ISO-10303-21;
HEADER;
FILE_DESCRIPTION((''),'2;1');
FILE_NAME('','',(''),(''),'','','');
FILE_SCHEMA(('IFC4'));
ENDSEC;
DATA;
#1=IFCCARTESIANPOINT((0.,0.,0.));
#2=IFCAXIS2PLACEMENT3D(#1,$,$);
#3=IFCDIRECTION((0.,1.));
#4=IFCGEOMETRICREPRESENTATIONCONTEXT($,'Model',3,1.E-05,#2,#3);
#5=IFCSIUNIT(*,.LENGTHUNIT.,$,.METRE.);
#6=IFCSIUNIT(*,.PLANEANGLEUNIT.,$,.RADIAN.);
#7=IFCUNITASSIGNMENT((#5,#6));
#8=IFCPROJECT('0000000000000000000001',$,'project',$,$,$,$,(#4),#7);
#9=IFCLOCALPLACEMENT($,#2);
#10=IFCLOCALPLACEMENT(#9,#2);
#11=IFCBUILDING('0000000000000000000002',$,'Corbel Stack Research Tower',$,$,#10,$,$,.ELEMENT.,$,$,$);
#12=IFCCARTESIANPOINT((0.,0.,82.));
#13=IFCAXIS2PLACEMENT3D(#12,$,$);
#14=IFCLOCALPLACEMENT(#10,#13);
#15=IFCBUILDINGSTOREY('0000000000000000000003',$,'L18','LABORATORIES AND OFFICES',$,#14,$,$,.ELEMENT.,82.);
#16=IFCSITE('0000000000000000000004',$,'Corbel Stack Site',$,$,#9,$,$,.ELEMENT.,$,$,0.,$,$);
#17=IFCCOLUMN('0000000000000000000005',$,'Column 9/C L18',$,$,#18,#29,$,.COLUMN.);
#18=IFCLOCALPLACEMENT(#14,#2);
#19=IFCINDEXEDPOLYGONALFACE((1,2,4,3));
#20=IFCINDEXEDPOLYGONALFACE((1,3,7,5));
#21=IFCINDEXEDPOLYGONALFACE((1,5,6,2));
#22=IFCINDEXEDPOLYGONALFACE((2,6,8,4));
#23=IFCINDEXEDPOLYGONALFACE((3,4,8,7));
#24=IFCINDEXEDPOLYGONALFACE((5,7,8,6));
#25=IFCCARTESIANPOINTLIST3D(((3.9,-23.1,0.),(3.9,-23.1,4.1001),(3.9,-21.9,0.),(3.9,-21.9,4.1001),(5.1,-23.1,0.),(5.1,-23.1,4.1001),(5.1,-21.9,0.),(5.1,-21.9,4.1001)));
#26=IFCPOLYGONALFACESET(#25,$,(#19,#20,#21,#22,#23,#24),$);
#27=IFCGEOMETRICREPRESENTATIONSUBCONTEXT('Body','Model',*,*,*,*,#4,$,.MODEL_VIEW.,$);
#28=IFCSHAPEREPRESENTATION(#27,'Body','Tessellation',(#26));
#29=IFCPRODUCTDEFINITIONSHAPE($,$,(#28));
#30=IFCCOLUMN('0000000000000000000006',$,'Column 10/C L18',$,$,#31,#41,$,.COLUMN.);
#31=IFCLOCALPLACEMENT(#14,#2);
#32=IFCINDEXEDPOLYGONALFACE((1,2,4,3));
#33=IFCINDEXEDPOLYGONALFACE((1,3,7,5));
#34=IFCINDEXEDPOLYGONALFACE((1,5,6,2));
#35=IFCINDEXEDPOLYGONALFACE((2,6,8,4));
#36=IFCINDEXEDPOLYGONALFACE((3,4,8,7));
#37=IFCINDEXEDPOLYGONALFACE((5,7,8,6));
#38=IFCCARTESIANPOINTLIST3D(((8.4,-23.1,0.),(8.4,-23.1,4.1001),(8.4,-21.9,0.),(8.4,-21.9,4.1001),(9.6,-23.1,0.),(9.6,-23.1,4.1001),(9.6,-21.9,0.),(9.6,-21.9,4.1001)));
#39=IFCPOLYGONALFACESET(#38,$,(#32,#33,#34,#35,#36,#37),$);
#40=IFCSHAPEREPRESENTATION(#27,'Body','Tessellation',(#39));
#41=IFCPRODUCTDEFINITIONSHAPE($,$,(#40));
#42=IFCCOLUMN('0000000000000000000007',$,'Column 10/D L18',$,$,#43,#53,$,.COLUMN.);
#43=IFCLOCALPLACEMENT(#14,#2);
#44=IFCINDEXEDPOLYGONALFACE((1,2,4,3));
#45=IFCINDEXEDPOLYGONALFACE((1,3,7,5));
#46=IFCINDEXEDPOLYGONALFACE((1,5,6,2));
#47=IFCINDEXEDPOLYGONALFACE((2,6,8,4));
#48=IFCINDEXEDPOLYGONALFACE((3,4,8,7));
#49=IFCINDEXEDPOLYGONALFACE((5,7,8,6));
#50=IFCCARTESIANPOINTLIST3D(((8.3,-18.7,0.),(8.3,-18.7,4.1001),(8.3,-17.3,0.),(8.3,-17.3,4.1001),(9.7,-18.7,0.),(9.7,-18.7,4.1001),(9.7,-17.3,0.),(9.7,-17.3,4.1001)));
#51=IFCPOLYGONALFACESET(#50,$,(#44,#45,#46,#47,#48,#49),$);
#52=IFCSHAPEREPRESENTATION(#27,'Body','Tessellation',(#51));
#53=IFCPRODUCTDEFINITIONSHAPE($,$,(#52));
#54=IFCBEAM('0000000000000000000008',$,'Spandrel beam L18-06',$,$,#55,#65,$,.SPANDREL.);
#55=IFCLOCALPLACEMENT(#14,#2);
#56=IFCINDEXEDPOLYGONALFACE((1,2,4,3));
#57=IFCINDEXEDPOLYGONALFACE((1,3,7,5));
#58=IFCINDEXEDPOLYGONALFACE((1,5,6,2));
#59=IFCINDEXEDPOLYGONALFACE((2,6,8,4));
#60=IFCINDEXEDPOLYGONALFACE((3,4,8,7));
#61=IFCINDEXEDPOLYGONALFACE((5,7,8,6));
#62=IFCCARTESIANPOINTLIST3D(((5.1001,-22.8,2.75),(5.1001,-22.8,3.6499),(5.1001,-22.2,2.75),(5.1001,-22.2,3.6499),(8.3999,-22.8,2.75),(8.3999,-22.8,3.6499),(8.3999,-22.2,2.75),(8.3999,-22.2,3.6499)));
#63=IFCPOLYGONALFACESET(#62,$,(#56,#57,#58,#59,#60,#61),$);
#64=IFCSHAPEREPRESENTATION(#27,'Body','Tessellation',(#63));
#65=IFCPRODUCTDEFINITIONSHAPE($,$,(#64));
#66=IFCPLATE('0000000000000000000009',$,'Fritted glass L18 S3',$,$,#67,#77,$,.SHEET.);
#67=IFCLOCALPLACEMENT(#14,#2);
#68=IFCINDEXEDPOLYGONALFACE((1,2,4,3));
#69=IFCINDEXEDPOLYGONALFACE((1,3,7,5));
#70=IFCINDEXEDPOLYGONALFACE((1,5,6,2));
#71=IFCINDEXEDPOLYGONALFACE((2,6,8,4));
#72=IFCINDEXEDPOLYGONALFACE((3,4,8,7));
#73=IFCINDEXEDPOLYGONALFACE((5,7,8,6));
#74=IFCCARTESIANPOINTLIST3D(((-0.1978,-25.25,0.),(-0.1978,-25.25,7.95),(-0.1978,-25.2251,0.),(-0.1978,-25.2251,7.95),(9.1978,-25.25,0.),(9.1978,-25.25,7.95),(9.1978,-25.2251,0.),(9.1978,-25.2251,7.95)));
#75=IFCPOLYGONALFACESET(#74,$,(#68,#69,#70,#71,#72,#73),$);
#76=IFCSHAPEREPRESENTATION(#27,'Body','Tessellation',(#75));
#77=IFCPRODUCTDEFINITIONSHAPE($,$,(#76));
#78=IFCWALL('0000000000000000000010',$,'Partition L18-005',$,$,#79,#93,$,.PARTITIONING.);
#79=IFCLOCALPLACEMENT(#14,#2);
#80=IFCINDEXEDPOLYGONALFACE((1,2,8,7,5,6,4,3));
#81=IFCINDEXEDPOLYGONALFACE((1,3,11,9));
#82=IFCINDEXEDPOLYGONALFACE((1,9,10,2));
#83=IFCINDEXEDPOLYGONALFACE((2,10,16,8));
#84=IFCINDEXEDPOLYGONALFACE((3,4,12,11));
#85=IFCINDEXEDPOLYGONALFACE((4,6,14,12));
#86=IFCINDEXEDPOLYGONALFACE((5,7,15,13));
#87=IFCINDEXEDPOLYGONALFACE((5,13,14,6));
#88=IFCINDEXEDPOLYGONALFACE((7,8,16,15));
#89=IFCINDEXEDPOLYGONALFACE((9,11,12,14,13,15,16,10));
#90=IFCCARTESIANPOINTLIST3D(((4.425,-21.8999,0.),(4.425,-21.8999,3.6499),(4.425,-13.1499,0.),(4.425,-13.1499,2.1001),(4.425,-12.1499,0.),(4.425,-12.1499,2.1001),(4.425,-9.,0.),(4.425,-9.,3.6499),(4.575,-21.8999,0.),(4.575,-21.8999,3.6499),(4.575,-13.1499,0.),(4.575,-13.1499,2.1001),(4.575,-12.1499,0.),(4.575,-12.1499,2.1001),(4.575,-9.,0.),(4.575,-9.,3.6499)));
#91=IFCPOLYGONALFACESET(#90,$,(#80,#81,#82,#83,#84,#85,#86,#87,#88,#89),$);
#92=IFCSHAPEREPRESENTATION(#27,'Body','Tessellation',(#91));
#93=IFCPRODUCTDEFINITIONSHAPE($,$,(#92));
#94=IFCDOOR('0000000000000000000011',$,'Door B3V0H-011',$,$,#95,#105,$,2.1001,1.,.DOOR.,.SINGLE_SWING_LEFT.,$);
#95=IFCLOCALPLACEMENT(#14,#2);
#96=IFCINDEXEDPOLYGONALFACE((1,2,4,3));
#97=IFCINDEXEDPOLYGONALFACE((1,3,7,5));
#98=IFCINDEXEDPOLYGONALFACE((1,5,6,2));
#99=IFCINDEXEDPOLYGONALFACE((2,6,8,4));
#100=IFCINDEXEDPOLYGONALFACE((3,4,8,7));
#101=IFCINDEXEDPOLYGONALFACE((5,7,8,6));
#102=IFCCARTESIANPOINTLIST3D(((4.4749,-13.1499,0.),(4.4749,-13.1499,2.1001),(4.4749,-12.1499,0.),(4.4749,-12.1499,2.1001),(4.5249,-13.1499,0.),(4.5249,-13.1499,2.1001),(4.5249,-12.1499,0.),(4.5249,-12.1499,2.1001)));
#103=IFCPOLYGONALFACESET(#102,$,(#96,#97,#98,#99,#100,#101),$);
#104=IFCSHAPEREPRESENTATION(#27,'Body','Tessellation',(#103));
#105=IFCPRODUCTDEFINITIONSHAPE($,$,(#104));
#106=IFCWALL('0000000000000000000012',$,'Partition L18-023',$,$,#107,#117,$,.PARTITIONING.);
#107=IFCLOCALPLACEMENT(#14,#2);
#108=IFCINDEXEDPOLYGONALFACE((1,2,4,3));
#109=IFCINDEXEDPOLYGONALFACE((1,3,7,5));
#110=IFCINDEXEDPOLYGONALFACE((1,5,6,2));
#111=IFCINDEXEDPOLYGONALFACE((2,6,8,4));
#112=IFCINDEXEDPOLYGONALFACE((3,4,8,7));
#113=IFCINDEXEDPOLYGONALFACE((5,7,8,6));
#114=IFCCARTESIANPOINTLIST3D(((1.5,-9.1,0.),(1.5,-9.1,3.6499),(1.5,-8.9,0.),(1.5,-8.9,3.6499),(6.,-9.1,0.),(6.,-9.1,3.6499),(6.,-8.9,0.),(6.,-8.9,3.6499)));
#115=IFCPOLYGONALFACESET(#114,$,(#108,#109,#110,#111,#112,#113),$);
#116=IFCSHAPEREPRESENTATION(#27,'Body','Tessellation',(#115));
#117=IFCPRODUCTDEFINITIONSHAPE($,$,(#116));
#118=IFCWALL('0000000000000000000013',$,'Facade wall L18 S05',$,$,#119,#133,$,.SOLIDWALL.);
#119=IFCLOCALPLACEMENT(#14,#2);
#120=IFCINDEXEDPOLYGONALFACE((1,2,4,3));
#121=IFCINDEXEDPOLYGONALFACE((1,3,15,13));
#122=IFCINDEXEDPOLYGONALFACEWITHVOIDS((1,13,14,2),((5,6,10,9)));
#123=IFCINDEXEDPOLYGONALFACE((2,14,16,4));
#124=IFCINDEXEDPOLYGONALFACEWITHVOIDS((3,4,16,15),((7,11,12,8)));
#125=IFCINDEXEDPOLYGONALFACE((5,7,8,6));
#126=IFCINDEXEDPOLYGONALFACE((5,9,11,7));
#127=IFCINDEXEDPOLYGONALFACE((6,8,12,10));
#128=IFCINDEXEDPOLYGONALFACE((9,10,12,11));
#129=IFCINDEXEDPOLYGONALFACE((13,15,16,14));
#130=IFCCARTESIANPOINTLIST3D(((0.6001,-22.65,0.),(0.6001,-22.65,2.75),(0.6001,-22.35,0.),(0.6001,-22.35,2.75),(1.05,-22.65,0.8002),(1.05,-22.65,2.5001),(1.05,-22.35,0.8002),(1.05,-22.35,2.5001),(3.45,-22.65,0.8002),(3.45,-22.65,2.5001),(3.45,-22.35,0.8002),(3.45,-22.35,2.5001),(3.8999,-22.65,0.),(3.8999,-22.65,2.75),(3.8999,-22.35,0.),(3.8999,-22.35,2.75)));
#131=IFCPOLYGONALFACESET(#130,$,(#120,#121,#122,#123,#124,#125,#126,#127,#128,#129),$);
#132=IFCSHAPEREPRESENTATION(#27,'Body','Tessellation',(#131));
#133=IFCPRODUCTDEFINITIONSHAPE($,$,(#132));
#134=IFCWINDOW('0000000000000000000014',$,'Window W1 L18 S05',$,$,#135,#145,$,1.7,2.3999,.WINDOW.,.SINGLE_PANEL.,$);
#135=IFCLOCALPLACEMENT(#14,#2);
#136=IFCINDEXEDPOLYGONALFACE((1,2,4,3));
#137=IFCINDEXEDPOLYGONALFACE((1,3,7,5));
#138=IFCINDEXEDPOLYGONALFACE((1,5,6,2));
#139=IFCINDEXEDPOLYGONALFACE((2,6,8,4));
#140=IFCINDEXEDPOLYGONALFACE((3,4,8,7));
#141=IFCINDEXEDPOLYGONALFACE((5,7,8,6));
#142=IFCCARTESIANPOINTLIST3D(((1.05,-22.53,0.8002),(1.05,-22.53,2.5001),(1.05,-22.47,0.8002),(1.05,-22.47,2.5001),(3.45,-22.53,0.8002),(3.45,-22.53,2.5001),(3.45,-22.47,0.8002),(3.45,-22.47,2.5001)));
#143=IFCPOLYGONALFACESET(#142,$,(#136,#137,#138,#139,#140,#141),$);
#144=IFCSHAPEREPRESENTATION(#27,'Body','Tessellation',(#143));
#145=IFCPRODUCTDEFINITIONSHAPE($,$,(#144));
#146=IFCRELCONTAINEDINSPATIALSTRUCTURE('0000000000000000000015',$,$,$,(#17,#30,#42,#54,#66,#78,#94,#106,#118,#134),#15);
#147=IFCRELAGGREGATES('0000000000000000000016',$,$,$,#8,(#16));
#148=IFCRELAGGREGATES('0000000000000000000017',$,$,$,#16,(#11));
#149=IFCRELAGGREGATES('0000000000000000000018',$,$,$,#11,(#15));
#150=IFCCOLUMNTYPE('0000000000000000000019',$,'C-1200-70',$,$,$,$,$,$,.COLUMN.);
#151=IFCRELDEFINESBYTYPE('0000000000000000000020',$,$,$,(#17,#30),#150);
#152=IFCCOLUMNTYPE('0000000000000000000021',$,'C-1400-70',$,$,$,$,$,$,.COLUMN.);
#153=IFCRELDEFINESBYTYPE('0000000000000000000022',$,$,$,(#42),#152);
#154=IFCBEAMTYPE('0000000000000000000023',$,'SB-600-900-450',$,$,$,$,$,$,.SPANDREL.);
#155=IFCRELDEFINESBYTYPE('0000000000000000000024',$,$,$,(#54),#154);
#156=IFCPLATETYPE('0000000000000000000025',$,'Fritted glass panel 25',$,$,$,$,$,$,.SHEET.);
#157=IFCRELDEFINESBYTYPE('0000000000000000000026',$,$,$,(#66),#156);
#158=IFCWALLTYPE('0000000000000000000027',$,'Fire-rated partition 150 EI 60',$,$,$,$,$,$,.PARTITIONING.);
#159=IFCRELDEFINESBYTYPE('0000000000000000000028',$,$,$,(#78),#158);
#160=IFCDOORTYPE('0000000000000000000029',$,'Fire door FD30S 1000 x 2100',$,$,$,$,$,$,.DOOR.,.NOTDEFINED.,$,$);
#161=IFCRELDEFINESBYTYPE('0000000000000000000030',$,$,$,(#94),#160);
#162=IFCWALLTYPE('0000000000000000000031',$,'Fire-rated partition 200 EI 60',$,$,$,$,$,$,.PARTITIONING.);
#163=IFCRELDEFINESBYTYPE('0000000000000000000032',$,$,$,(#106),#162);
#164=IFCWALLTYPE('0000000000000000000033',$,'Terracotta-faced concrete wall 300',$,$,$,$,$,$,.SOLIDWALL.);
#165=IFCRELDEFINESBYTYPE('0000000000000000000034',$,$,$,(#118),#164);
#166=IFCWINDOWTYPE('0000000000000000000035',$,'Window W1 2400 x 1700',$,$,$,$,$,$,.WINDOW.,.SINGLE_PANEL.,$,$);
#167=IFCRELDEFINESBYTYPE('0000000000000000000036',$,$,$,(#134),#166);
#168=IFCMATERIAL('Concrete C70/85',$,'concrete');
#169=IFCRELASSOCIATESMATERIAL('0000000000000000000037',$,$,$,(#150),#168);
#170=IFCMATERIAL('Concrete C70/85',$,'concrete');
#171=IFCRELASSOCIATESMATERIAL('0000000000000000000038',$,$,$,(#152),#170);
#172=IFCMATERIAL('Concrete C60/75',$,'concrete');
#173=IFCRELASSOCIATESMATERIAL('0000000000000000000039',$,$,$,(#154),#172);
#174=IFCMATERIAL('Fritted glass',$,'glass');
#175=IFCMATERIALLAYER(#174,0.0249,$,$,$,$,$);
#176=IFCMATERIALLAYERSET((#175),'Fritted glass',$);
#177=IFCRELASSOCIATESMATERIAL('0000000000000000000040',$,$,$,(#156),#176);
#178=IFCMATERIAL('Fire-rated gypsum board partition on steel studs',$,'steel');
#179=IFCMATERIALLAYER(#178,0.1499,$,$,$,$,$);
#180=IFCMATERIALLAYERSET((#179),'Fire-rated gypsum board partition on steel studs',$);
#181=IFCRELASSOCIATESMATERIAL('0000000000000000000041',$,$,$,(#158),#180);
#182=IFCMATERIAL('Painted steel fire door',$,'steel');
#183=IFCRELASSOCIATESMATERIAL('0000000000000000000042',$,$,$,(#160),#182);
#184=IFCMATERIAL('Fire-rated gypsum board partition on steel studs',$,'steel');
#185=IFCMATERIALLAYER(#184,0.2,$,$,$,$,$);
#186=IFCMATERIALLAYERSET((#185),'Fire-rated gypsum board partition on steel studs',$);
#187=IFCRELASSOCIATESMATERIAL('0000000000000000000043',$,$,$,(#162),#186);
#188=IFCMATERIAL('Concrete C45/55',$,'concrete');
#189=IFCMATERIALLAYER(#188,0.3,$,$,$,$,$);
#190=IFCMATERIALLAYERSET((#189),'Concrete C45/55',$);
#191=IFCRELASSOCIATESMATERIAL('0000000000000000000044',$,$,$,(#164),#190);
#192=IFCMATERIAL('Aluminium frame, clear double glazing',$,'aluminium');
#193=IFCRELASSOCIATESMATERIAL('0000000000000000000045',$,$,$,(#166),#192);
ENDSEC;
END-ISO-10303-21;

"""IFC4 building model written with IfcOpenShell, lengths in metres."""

from ifc_helpers import new_model, si_unit, direction, frame, frame_2d, origin, origin_2d, place, context, subcontext, project, spatial, rectangle, extrude, material, layer, layer_set, material_profile, profile_set, type_object, element, fill, save


model = new_model("IFC4")

# Units and contexts
model_context = context("Model", 3, precision=1e-05, world=origin(), true_north=direction((0.0, 1.0)))
body_context = subcontext(model_context, "Body", "Model", "MODEL_VIEW")
ifc_project = project(units=[si_unit("LENGTHUNIT", "METRE"), si_unit("PLANEANGLEUNIT", "RADIAN")], contexts=[model_context])

# Site, building, storey
site_placement = place(None, origin())
site = spatial("IfcSite", under=ifc_project, at=site_placement, Name="Corbel Stack Site", CompositionType="ELEMENT", RefElevation=0.0)
building_placement = place(site_placement, origin())
building = spatial("IfcBuilding", under=site, at=building_placement, Name="Corbel Stack Research Tower", CompositionType="ELEMENT")
storey_placement = place(building_placement, frame((0.0, 0.0, 82.0)))
storey = spatial("IfcBuildingStorey", under=building, at=storey_placement, Name="L18", Description="LABORATORIES AND OFFICES", CompositionType="ELEMENT", Elevation=82.0)

# Columns
ifc_material_1 = material(Name="Concrete C70/85", Category="concrete")
ifc_material_profile_1 = material_profile(ifc_material_1, rectangle(XDim=1.2, YDim=1.2, at=origin_2d()), Name="RC 1200 x 1200")
ifc_profile_set_1 = profile_set([ifc_material_profile_1], Name="Concrete C70/85")
column_type_1 = type_object("IfcColumnType", Name="C-1200-70", PredefinedType="COLUMN", material=ifc_profile_set_1)
for number, where, z_axis, x_axis, name in (
    (1, (4.5, -22.5, 0.0), (0.0, 0.0, 1.0), (1.0, 0.0, 0.0), "Column 9/C L18"),
    (2, (9.0, -22.5, 0.0), (0.0, 0.0, 1.0), (1.0, 0.0, 0.0), "Column 10/C L18"),
):
    element("IfcColumn", number, at=place(storey_placement, frame(where, z_axis=z_axis, x_axis=x_axis)), inside=storey, type_object=column_type_1, Name=name, PredefinedType="COLUMN", context=body_context, shape_type="SweptSolid", body=[
        extrude(rectangle(XDim=1.2, YDim=1.2, at=origin_2d()), origin(), (0.0, 0.0, 1.0), 4.1001),
    ])
ifc_material_2 = material(Name="Concrete C70/85", Category="concrete")
ifc_material_profile_2 = material_profile(ifc_material_2, rectangle(XDim=1.3999, YDim=1.3999, at=origin_2d()), Name="RC 1400 x 1400")
ifc_profile_set_2 = profile_set([ifc_material_profile_2], Name="Concrete C70/85")
column_type_2 = type_object("IfcColumnType", Name="C-1400-70", PredefinedType="COLUMN", material=ifc_profile_set_2)
column_placement = place(storey_placement, frame((9.0, -18.0, 0.0), z_axis=(0.0, 0.0, 1.0), x_axis=(1.0, 0.0, 0.0)))
element("IfcColumn", 3, at=column_placement, inside=storey, type_object=column_type_2, Name="Column 10/D L18", PredefinedType="COLUMN", context=body_context, shape_type="SweptSolid", body=[
    extrude(rectangle(XDim=1.3999, YDim=1.3999, at=origin_2d()), origin(), (0.0, 0.0, 1.0), 4.1001),
])

# Beam
ifc_material_3 = material(Name="Concrete C60/75", Category="concrete")
ifc_material_profile_3 = material_profile(ifc_material_3, rectangle(XDim=0.6001, YDim=0.8999, at=origin_2d()), Name="RC 600 x 900")
ifc_profile_set_3 = profile_set([ifc_material_profile_3], Name="Concrete C60/75")
beam_type = type_object("IfcBeamType", Name="SB-600-900-450", PredefinedType="SPANDREL", material=ifc_profile_set_3)
beam_placement = place(storey_placement, frame((5.1001, -22.5, 3.2), z_axis=(1.0, 0.0, 0.0), x_axis=(0.0, 1.0, 0.0)))
element("IfcBeam", 4, at=beam_placement, inside=storey, type_object=beam_type, Name="Spandrel beam L18-06", PredefinedType="SPANDREL", context=body_context, shape_type="SweptSolid", body=[
    extrude(rectangle(XDim=0.6001, YDim=0.8999, at=origin_2d()), origin(), (0.0, 0.0, 1.0), 3.2998),
])

# Plate
ifc_material_4 = material(Name="Fritted glass", Category="glass")
ifc_layer_1 = layer(ifc_material_4, 0.0249)
ifc_layer_set_1 = layer_set([ifc_layer_1], Name="Fritted glass")
plate_type = type_object("IfcPlateType", Name="Fritted glass panel 25", PredefinedType="SHEET", material=ifc_layer_set_1)
plate_placement = place(storey_placement, frame((4.5, -25.2375, 0.0), z_axis=(0.0, 0.0, 1.0), x_axis=(1.0, 0.0, 0.0)))
element("IfcPlate", 5, at=plate_placement, inside=storey, type_object=plate_type, Name="Fritted glass L18 S3", PredefinedType="SHEET", context=body_context, shape_type="SweptSolid", body=[
    extrude(rectangle(XDim=9.3955, YDim=0.0249, at=origin_2d()), origin(), (0.0, 0.0, 1.0), 7.95),
])

# Wall, opening, door
ifc_material_5 = material(Name="Fire-rated gypsum board partition on steel studs", Category="steel")
ifc_layer_2 = layer(ifc_material_5, 0.1499)
ifc_layer_set_2 = layer_set([ifc_layer_2], Name="Fire-rated gypsum board partition on steel studs")
wall_type_1 = type_object("IfcWallType", Name="Fire-rated partition 150 EI 60", PredefinedType="PARTITIONING", material=ifc_layer_set_2)
wall_1_placement = place(storey_placement, frame((4.5, -9.0, 0.0), z_axis=(0.0, 0.0, 1.0), x_axis=(0.0, -1.0, 0.0)))
wall_1 = element("IfcWall", 6, at=wall_1_placement, inside=storey, type_object=wall_type_1, Name="Partition L18-005", PredefinedType="PARTITIONING", context=body_context, shape_type="SweptSolid", body=[
    extrude(rectangle(XDim=12.8999, YDim=0.1499, at=frame_2d((6.45, 0.0))), origin(), (0.0, 0.0, 1.0), 3.6499),
])
opening_1_placement = place(wall_1_placement, frame((3.1499, 0.0, 0.0)))
opening_1 = element("IfcOpeningElement", 7, at=opening_1_placement, cuts=wall_1, PredefinedType="OPENING", context=body_context, shape_type="SweptSolid", body=[
    extrude(rectangle(XDim=1.0, YDim=2.1001, at=frame_2d((0.5, 1.05))), frame((0.0, 0.085, 0.0), z_axis=(0.0, -1.0, 0.0), x_axis=(1.0, 0.0, 0.0)), (0.0, 0.0, 1.0), 0.1699),
])
ifc_material_6 = material(Name="Painted steel fire door", Category="steel")
door_type_1 = type_object("IfcDoorType", Name="Fire door FD30S 1000 x 2100", OperationType="NOTDEFINED", PredefinedType="DOOR", material=ifc_material_6)
door_1_placement = place(opening_1_placement, origin())
door_1 = element("IfcDoor", 8, at=door_1_placement, inside=storey, type_object=door_type_1, Name="Door B3V0H-011", OperationType="SINGLE_SWING_LEFT", OverallHeight=2.1001, OverallWidth=1.0, PredefinedType="DOOR", context=body_context, shape_type="SweptSolid", body=[
    extrude(rectangle(XDim=1.0, YDim=2.1001, at=frame_2d((0.5, 1.05))), frame((0.0, 0.0249, 0.0), z_axis=(0.0, -1.0, 0.0), x_axis=(1.0, 0.0, 0.0)), (0.0, 0.0, 1.0), 0.05),
])
fill(opening_1, door_1)

# Wall
ifc_material_7 = material(Name="Fire-rated gypsum board partition on steel studs", Category="steel")
ifc_layer_3 = layer(ifc_material_7, 0.2)
ifc_layer_set_3 = layer_set([ifc_layer_3], Name="Fire-rated gypsum board partition on steel studs")
wall_type_2 = type_object("IfcWallType", Name="Fire-rated partition 200 EI 60", PredefinedType="PARTITIONING", material=ifc_layer_set_3)
wall_2_placement = place(storey_placement, frame((1.5, -9.0, 0.0), z_axis=(0.0, 0.0, 1.0), x_axis=(1.0, 0.0, 0.0)))
element("IfcWall", 9, at=wall_2_placement, inside=storey, type_object=wall_type_2, Name="Partition L18-023", PredefinedType="PARTITIONING", context=body_context, shape_type="SweptSolid", body=[
    extrude(rectangle(XDim=4.5, YDim=0.2, at=frame_2d((2.25, 0.0))), origin(), (0.0, 0.0, 1.0), 3.6499),
])

# Wall, opening, window
ifc_material_8 = material(Name="Concrete C45/55", Category="concrete")
ifc_layer_4 = layer(ifc_material_8, 0.3)
ifc_layer_set_4 = layer_set([ifc_layer_4], Name="Concrete C45/55")
wall_type_3 = type_object("IfcWallType", Name="Terracotta-faced concrete wall 300", PredefinedType="SOLIDWALL", material=ifc_layer_set_4)
wall_3_placement = place(storey_placement, frame((3.8999, -22.5, 0.0), z_axis=(0.0, 0.0, 1.0), x_axis=(-1.0, 0.0, 0.0)))
wall_3 = element("IfcWall", 10, at=wall_3_placement, inside=storey, type_object=wall_type_3, Name="Facade wall L18 S05", PredefinedType="SOLIDWALL", context=body_context, shape_type="SweptSolid", body=[
    extrude(rectangle(XDim=3.2998, YDim=0.3, at=frame_2d((1.6499, 0.0))), origin(), (0.0, 0.0, 1.0), 2.75),
])
opening_2_placement = place(wall_3_placement, frame((0.45, 0.0, 0.8)))
opening_2 = element("IfcOpeningElement", 11, at=opening_2_placement, cuts=wall_3, PredefinedType="OPENING", context=body_context, shape_type="SweptSolid", body=[
    extrude(rectangle(XDim=2.3999, YDim=1.7, at=frame_2d((1.2, 0.8501))), frame((0.0, 0.1599, 0.0), z_axis=(0.0, -1.0, 0.0), x_axis=(1.0, 0.0, 0.0)), (0.0, 0.0, 1.0), 0.3201),
])
ifc_material_9 = material(Name="Aluminium frame, clear double glazing", Category="aluminium")
window_type = type_object("IfcWindowType", Name="Window W1 2400 x 1700", PartitioningType="SINGLE_PANEL", PredefinedType="WINDOW", material=ifc_material_9)
window_1_placement = place(opening_2_placement, origin())
window_1 = element("IfcWindow", 12, at=window_1_placement, inside=storey, type_object=window_type, Name="Window W1 L18 S05", OverallHeight=1.7, OverallWidth=2.3999, PartitioningType="SINGLE_PANEL", PredefinedType="WINDOW", context=body_context, shape_type="SweptSolid", body=[
    extrude(rectangle(XDim=2.3999, YDim=1.7, at=frame_2d((1.2, 0.8501))), frame((0.0, 0.03, 0.0), z_axis=(0.0, -1.0, 0.0), x_axis=(1.0, 0.0, 0.0)), (0.0, 0.0, 1.0), 0.0601),
])
fill(opening_2, window_1)

save(model, "model.ifc")
